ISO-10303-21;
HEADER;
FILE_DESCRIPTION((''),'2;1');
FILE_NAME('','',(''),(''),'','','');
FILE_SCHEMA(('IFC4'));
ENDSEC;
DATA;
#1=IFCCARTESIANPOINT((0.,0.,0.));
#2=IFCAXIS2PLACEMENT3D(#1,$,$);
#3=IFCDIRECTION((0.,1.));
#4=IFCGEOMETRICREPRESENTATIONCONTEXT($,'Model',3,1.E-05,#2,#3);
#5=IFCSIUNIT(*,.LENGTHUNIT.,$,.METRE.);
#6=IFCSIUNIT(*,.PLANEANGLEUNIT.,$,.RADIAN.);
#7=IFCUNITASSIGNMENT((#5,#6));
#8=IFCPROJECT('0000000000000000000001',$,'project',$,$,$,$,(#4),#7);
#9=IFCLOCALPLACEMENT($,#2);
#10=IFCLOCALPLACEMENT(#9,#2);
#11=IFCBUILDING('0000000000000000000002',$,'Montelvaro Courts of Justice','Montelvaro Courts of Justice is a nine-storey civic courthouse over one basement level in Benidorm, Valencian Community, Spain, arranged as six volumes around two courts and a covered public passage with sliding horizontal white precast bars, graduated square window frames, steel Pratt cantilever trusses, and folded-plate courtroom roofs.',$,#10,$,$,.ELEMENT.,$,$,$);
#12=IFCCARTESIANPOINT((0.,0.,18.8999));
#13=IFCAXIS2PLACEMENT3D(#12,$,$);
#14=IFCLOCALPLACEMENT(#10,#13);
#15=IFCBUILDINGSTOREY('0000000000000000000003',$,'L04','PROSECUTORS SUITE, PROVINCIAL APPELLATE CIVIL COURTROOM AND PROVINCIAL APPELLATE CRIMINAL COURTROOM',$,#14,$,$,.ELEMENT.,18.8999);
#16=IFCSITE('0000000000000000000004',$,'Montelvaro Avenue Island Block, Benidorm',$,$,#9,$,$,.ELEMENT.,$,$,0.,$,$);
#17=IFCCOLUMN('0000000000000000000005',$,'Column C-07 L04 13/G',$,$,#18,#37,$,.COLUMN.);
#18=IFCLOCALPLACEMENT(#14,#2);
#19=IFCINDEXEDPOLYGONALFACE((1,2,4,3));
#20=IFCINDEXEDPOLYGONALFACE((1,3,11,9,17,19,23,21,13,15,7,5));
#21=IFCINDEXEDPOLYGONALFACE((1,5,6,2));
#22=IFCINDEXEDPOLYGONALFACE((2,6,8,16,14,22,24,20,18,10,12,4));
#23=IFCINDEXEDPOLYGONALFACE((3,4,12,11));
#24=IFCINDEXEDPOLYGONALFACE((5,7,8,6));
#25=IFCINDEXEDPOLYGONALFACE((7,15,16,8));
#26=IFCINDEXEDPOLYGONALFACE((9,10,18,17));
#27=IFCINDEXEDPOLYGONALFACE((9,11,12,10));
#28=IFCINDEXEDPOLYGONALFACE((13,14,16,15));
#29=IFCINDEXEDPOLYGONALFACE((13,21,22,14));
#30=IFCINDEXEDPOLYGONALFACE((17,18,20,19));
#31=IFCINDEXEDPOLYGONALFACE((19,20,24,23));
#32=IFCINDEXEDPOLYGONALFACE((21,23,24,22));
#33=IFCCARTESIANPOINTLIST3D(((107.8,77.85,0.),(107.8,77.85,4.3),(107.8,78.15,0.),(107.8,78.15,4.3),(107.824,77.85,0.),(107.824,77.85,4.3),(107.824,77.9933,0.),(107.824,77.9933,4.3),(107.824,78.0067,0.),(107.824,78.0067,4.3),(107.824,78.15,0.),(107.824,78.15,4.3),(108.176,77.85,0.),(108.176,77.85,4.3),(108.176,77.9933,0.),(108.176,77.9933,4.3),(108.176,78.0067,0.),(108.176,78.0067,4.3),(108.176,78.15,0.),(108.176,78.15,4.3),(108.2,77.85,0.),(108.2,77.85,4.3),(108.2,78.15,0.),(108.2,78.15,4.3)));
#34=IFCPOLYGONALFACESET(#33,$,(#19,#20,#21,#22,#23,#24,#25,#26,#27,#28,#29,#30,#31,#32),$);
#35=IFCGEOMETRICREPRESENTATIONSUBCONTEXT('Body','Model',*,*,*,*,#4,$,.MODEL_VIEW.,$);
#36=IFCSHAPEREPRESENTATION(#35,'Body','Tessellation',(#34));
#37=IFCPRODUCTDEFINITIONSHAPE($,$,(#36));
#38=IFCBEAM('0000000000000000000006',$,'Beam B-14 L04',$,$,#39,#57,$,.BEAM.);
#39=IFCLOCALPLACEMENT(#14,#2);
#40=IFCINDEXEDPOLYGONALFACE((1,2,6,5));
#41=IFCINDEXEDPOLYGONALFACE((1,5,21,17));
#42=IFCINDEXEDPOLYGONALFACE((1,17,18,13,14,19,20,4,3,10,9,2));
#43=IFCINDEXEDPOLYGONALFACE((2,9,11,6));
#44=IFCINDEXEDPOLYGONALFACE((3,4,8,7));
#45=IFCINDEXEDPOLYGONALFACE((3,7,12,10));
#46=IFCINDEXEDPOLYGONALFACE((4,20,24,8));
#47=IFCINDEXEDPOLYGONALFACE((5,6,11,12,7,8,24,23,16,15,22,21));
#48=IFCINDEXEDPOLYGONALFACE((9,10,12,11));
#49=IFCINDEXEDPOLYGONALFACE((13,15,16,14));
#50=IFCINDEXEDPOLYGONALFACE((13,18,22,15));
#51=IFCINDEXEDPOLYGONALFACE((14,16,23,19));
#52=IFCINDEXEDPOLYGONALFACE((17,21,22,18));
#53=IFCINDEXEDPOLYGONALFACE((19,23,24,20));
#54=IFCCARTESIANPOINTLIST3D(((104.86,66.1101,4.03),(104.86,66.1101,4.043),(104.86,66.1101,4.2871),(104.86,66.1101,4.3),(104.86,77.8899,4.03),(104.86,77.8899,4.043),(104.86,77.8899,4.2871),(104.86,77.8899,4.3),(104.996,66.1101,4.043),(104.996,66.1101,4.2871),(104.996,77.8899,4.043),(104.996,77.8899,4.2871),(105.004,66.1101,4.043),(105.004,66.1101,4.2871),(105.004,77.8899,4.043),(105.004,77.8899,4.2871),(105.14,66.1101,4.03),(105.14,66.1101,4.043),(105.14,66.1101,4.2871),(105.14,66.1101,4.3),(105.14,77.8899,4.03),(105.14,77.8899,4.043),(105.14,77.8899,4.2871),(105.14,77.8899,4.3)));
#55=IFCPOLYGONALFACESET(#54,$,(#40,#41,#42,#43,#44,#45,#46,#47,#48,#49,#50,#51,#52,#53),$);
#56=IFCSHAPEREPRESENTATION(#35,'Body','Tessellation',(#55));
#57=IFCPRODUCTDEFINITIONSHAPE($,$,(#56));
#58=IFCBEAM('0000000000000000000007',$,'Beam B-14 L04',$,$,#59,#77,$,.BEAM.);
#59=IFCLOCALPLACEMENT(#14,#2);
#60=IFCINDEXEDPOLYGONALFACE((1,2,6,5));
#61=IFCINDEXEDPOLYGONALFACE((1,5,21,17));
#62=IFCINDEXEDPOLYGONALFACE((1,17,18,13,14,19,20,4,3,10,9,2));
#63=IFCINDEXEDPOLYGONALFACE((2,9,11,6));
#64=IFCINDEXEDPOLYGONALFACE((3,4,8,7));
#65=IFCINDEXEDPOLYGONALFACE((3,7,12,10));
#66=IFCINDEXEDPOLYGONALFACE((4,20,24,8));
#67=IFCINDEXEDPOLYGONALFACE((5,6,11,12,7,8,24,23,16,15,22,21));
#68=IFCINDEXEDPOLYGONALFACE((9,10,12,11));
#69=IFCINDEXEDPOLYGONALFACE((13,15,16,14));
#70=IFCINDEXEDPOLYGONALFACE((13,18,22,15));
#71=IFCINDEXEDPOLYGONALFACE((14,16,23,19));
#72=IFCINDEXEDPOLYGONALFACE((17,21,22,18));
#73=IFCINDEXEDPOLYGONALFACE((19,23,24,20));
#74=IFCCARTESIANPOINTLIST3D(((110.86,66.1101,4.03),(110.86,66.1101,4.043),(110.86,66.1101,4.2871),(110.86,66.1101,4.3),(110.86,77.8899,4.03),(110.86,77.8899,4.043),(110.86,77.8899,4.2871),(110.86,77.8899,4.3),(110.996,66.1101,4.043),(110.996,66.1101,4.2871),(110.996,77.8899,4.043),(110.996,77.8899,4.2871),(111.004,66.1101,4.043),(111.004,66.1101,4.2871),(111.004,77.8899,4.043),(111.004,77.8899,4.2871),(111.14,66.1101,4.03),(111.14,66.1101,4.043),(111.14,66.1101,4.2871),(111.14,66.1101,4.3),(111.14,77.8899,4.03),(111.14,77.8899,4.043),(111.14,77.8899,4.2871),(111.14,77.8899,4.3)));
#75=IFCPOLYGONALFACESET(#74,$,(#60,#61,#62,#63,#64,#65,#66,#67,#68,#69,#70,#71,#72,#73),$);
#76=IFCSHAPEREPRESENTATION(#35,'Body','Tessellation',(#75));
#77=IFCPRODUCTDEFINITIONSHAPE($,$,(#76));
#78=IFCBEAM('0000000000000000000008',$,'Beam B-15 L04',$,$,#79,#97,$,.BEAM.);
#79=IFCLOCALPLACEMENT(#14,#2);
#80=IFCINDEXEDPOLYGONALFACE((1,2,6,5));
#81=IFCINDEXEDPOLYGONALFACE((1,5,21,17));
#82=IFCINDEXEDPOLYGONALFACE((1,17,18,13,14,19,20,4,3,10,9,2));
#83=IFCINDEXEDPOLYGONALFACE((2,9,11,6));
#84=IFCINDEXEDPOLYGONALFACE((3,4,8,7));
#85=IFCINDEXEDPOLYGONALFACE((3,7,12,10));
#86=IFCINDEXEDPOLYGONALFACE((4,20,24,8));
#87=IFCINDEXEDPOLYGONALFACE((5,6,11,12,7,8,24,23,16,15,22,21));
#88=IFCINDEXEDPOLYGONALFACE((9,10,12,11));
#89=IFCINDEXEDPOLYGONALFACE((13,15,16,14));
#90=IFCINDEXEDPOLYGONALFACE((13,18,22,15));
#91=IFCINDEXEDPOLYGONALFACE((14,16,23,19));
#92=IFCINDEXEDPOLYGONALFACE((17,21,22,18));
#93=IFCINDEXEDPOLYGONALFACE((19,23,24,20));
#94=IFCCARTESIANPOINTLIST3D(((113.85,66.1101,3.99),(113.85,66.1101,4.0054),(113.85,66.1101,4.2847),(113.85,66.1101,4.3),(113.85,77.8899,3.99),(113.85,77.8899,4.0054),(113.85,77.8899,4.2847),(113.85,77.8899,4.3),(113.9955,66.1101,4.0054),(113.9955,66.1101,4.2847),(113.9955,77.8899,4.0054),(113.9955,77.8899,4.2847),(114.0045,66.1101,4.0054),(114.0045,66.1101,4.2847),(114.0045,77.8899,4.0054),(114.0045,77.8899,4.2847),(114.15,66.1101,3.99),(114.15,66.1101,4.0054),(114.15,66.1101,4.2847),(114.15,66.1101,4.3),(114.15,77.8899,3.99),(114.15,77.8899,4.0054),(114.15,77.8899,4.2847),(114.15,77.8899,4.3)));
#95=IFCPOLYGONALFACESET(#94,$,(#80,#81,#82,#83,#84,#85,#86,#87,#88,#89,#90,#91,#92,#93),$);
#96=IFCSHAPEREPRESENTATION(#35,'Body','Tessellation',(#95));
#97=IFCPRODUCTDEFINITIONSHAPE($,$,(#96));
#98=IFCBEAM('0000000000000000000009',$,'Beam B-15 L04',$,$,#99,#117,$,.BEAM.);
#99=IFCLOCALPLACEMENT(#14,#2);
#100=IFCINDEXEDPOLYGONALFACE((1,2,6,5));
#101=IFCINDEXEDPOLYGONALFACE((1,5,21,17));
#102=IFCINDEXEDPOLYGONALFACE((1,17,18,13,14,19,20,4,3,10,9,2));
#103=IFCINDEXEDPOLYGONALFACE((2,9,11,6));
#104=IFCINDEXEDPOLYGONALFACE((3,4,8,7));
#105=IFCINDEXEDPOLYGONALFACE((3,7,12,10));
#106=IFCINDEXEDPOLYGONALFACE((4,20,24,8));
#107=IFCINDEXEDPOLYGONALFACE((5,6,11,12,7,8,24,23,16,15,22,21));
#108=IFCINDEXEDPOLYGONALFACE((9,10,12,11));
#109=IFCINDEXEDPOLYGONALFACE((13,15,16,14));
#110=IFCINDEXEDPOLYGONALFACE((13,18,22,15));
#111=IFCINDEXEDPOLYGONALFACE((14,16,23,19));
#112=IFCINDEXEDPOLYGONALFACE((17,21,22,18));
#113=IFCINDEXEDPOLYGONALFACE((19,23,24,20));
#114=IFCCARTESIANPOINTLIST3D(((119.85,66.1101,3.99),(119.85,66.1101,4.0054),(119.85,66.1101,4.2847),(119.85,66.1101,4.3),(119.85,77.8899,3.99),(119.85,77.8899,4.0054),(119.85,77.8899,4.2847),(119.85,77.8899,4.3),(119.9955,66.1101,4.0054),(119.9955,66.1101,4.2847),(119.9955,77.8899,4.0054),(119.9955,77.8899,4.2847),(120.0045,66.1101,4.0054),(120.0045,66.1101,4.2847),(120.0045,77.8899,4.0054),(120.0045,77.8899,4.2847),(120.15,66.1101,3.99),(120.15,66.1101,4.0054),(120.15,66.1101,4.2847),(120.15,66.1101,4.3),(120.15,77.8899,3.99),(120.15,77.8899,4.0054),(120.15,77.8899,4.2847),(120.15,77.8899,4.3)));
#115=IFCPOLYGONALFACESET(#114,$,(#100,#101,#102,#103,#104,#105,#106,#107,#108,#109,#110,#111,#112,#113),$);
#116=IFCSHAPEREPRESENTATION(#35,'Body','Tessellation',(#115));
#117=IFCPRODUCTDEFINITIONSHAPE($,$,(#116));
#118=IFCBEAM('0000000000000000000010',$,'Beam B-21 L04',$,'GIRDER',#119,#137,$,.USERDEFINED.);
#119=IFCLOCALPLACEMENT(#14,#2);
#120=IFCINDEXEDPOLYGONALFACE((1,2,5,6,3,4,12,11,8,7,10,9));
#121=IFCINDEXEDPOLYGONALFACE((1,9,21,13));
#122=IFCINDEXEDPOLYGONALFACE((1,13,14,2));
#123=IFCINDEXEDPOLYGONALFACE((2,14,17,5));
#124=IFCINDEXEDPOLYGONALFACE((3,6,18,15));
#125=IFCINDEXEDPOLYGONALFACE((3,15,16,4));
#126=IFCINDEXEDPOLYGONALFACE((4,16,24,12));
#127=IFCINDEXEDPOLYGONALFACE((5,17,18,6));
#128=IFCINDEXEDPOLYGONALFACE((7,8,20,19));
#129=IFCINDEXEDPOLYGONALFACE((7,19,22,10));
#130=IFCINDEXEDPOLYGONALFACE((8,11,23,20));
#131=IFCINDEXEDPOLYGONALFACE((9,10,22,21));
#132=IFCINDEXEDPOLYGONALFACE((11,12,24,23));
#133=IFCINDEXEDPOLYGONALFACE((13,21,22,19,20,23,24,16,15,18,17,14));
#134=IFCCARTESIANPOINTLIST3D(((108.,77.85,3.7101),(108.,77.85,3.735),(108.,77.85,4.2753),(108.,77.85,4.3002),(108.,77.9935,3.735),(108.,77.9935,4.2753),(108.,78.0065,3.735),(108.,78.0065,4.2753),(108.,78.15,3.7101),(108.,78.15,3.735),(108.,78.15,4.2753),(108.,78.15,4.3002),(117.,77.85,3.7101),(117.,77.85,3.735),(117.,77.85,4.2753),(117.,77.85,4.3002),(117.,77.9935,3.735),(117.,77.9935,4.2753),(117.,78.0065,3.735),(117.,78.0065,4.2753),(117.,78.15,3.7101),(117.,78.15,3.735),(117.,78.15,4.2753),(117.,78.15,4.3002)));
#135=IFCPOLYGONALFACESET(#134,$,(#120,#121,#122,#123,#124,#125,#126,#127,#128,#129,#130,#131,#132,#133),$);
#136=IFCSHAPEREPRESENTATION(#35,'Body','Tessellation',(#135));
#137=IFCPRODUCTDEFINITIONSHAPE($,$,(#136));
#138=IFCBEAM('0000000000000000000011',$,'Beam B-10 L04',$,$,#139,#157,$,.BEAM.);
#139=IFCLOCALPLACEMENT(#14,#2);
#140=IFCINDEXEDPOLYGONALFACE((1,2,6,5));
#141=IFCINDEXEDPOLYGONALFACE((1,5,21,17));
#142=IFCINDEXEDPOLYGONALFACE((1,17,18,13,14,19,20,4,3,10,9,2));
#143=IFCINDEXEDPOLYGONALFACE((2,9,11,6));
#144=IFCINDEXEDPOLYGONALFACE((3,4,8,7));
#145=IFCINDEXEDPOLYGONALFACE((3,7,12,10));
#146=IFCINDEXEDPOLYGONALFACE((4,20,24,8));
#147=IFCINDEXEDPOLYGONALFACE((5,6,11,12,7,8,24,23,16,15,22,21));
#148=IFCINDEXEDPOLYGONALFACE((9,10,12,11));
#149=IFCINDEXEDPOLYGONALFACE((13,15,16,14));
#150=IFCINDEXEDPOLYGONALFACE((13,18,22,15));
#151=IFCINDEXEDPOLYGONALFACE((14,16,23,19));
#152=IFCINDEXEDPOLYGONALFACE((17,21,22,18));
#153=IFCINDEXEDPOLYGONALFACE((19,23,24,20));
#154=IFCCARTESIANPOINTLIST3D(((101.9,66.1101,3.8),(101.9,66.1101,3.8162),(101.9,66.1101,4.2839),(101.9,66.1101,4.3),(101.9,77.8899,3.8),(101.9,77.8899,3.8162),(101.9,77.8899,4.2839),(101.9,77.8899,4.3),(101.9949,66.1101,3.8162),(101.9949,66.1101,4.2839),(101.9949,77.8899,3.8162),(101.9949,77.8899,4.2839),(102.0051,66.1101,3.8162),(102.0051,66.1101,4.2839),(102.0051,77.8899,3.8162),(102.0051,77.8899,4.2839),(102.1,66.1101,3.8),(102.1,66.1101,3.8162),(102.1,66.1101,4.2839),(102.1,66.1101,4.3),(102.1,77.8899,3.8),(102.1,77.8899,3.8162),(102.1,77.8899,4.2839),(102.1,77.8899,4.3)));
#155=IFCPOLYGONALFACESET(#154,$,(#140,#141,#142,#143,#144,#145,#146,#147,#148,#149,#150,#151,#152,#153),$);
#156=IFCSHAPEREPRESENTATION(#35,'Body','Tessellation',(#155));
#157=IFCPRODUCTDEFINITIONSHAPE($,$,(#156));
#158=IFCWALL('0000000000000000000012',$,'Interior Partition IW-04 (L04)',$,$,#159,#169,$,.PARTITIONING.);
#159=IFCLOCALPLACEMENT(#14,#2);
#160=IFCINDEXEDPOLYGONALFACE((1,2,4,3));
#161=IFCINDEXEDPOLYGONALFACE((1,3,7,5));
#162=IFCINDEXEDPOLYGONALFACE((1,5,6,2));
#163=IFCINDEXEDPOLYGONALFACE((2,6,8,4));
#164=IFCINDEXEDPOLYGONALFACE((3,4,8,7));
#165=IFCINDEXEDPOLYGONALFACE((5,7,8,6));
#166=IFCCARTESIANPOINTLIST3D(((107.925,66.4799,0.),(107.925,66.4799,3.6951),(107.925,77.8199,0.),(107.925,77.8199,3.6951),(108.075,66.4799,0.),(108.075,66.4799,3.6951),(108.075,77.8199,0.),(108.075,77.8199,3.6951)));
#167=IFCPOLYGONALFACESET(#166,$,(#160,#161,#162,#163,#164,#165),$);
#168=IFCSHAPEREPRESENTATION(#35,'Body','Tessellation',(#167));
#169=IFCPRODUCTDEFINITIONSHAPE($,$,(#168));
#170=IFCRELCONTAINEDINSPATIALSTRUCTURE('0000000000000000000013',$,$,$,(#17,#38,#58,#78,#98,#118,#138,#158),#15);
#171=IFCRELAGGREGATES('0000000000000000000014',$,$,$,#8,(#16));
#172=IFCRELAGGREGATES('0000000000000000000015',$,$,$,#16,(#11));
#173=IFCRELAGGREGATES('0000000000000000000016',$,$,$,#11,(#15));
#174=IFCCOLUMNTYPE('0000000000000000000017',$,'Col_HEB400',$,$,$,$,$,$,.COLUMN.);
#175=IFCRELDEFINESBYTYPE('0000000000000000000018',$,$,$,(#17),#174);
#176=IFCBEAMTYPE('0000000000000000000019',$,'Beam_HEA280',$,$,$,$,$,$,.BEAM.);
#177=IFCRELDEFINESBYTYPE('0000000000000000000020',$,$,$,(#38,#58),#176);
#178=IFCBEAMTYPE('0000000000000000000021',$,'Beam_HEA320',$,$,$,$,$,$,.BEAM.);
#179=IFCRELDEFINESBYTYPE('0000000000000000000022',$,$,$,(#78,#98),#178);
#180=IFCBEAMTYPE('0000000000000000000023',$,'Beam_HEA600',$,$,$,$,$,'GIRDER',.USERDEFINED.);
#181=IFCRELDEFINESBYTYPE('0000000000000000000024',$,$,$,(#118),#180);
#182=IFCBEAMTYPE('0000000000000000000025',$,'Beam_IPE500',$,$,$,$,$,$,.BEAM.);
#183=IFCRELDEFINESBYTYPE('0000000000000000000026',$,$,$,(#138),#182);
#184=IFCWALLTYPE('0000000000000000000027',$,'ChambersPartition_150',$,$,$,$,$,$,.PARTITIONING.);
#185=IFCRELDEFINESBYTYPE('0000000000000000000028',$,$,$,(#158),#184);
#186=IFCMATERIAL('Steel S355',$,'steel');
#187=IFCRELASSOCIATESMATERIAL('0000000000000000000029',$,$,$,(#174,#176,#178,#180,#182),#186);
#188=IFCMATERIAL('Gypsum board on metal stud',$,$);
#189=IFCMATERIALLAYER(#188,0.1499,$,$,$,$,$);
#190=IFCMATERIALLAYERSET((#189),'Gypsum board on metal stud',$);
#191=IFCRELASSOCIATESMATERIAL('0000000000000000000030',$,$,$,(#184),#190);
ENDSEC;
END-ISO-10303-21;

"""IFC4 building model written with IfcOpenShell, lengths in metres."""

from ifc_helpers import new_model, si_unit, direction, frame, frame_2d, origin, origin_2d, place, context, subcontext, project, spatial, rectangle, i_section, extrude, material, layer, layer_set, material_profile, profile_set, type_object, element, save


model = new_model("IFC4")

# Units and contexts
model_context = context("Model", 3, precision=1e-05, world=origin(), true_north=direction((0.0, 1.0)))
body_context = subcontext(model_context, "Body", "Model", "MODEL_VIEW")
ifc_project = project(units=[si_unit("LENGTHUNIT", "METRE"), si_unit("PLANEANGLEUNIT", "RADIAN")], contexts=[model_context])

# Site, building, storey
site_placement = place(None, origin())
site = spatial("IfcSite", under=ifc_project, at=site_placement, Name="Montelvaro Avenue Island Block, Benidorm", CompositionType="ELEMENT", RefElevation=0.0)
building_placement = place(site_placement, origin())
building = spatial("IfcBuilding", under=site, at=building_placement, Name="Montelvaro Courts of Justice", Description="Montelvaro Courts of Justice is a nine-storey civic courthouse over one basement level in Benidorm, Valencian Community, Spain, arranged as six volumes around two courts and a covered public passage with sliding horizontal white precast bars, graduated square window frames, steel Pratt cantilever trusses, and folded-plate courtroom roofs.", CompositionType="ELEMENT")
storey_placement = place(building_placement, frame((0.0, 0.0, 18.8999)))
storey = spatial("IfcBuildingStorey", under=building, at=storey_placement, Name="L04", Description="PROSECUTORS SUITE, PROVINCIAL APPELLATE CIVIL COURTROOM AND PROVINCIAL APPELLATE CRIMINAL COURTROOM", CompositionType="ELEMENT", Elevation=18.8999)

# Column
ifc_material_1 = material(Name="Steel S355", Category="steel")
ifc_material_profile_1 = material_profile(ifc_material_1, i_section(OverallWidth=0.3, OverallDepth=0.3999, WebThickness=0.0134, FlangeThickness=0.0239, at=origin_2d()), Name="HEB 400")
ifc_profile_set_1 = profile_set([ifc_material_profile_1], Name="Steel S355")
column_type = type_object("IfcColumnType", Name="Col_HEB400", PredefinedType="COLUMN", material=ifc_profile_set_1)
column_placement = place(storey_placement, frame((108.0, 78.0, 0.0), z_axis=(0.0, 0.0, 1.0), x_axis=(0.0, 1.0, 0.0)))
element("IfcColumn", 1, at=column_placement, inside=storey, type_object=column_type, Name="Column C-07 L04 13/G", PredefinedType="COLUMN", context=body_context, shape_type="SweptSolid", body=[
    extrude(i_section(OverallWidth=0.3, OverallDepth=0.3999, WebThickness=0.0134, FlangeThickness=0.0239, at=origin_2d()), origin(), (0.0, 0.0, 1.0), 4.3),
])

# Beams
ifc_material_profile_2 = material_profile(ifc_material_1, i_section(OverallWidth=0.28, OverallDepth=0.27, WebThickness=0.0081, FlangeThickness=0.0129, at=origin_2d()), Name="HEA 280")
ifc_profile_set_2 = profile_set([ifc_material_profile_2], Name="Steel S355")
beam_type_1 = type_object("IfcBeamType", Name="Beam_HEA280", PredefinedType="BEAM", material=ifc_profile_set_2)
for number, where, z_axis, x_axis, name in (
    (2, (105.0, 66.1101, 4.165), (0.0, 1.0, 0.0), (-1.0, 0.0, 0.0), "Beam B-14 L04"),
    (3, (111.0, 66.1101, 4.165), (0.0, 1.0, 0.0), (-1.0, 0.0, 0.0), "Beam B-14 L04"),
):
    element("IfcBeam", number, at=place(storey_placement, frame(where, z_axis=z_axis, x_axis=x_axis)), inside=storey, type_object=beam_type_1, Name=name, PredefinedType="BEAM", context=body_context, shape_type="SweptSolid", body=[
        extrude(i_section(OverallWidth=0.28, OverallDepth=0.27, WebThickness=0.0081, FlangeThickness=0.0129, at=origin_2d()), origin(), (0.0, 0.0, 1.0), 11.7798),
    ])
ifc_material_profile_3 = material_profile(ifc_material_1, i_section(OverallWidth=0.3, OverallDepth=0.3101, WebThickness=0.009, FlangeThickness=0.0154, at=origin_2d()), Name="HEA 320")
ifc_profile_set_3 = profile_set([ifc_material_profile_3], Name="Steel S355")
beam_type_2 = type_object("IfcBeamType", Name="Beam_HEA320", PredefinedType="BEAM", material=ifc_profile_set_3)
for number, where, z_axis, x_axis, name in (
    (4, (114.0, 66.1101, 4.145), (0.0, 1.0, 0.0), (-1.0, 0.0, 0.0), "Beam B-15 L04"),
    (5, (120.0, 66.1101, 4.145), (0.0, 1.0, 0.0), (-1.0, 0.0, 0.0), "Beam B-15 L04"),
):
    element("IfcBeam", number, at=place(storey_placement, frame(where, z_axis=z_axis, x_axis=x_axis)), inside=storey, type_object=beam_type_2, Name=name, PredefinedType="BEAM", context=body_context, shape_type="SweptSolid", body=[
        extrude(i_section(OverallWidth=0.3, OverallDepth=0.3101, WebThickness=0.009, FlangeThickness=0.0154, at=origin_2d()), origin(), (0.0, 0.0, 1.0), 11.7798),
    ])
ifc_material_profile_4 = material_profile(ifc_material_1, i_section(OverallWidth=0.3, OverallDepth=0.5901, WebThickness=0.0129, FlangeThickness=0.0249, at=origin_2d()), Name="HEA 600")
ifc_profile_set_4 = profile_set([ifc_material_profile_4], Name="Steel S355")
beam_type_3 = type_object("IfcBeamType", Name="Beam_HEA600", ElementType="GIRDER", PredefinedType="USERDEFINED", material=ifc_profile_set_4)
beam_1_placement = place(storey_placement, frame((108.0, 78.0, 4.0051), z_axis=(1.0, 0.0, 0.0), x_axis=(0.0, 1.0, 0.0)))
element("IfcBeam", 6, at=beam_1_placement, inside=storey, type_object=beam_type_3, Name="Beam B-21 L04", ObjectType="GIRDER", PredefinedType="USERDEFINED", context=body_context, shape_type="SweptSolid", body=[
    extrude(i_section(OverallWidth=0.3, OverallDepth=0.5901, WebThickness=0.0129, FlangeThickness=0.0249, at=origin_2d()), origin(), (0.0, 0.0, 1.0), 9.0),
])
ifc_material_profile_5 = material_profile(ifc_material_1, i_section(OverallWidth=0.2, OverallDepth=0.5, WebThickness=0.0103, FlangeThickness=0.0161, at=origin_2d()), Name="IPE 500")
ifc_profile_set_5 = profile_set([ifc_material_profile_5], Name="Steel S355")
beam_type_4 = type_object("IfcBeamType", Name="Beam_IPE500", PredefinedType="BEAM", material=ifc_profile_set_5)
beam_2_placement = place(storey_placement, frame((102.0, 66.1101, 4.05), z_axis=(0.0, 1.0, 0.0), x_axis=(-1.0, 0.0, 0.0)))
element("IfcBeam", 7, at=beam_2_placement, inside=storey, type_object=beam_type_4, Name="Beam B-10 L04", PredefinedType="BEAM", context=body_context, shape_type="SweptSolid", body=[
    extrude(i_section(OverallWidth=0.2, OverallDepth=0.5, WebThickness=0.0103, FlangeThickness=0.0161, at=origin_2d()), origin(), (0.0, 0.0, 1.0), 11.7798),
])

# Wall
ifc_material_2 = material(Name="Gypsum board on metal stud")
ifc_layer_1 = layer(ifc_material_2, 0.1499)
ifc_layer_set_1 = layer_set([ifc_layer_1], Name="Gypsum board on metal stud")
wall_type_1 = type_object("IfcWallType", Name="ChambersPartition_150", PredefinedType="PARTITIONING", material=ifc_layer_set_1)
wall_1_placement = place(storey_placement, frame((108.0, 66.48, 0.0), z_axis=(0.0, 0.0, 1.0), x_axis=(0.0, 1.0, 0.0)))
element("IfcWall", 8, at=wall_1_placement, inside=storey, type_object=wall_type_1, Name="Interior Partition IW-04 (L04)", PredefinedType="PARTITIONING", context=body_context, shape_type="SweptSolid", body=[
    extrude(rectangle(XDim=11.3401, YDim=0.1499, at=frame_2d((5.6699, 0.0))), origin(), (0.0, 0.0, 1.0), 3.6951),
])

save(model, "model.ifc")
